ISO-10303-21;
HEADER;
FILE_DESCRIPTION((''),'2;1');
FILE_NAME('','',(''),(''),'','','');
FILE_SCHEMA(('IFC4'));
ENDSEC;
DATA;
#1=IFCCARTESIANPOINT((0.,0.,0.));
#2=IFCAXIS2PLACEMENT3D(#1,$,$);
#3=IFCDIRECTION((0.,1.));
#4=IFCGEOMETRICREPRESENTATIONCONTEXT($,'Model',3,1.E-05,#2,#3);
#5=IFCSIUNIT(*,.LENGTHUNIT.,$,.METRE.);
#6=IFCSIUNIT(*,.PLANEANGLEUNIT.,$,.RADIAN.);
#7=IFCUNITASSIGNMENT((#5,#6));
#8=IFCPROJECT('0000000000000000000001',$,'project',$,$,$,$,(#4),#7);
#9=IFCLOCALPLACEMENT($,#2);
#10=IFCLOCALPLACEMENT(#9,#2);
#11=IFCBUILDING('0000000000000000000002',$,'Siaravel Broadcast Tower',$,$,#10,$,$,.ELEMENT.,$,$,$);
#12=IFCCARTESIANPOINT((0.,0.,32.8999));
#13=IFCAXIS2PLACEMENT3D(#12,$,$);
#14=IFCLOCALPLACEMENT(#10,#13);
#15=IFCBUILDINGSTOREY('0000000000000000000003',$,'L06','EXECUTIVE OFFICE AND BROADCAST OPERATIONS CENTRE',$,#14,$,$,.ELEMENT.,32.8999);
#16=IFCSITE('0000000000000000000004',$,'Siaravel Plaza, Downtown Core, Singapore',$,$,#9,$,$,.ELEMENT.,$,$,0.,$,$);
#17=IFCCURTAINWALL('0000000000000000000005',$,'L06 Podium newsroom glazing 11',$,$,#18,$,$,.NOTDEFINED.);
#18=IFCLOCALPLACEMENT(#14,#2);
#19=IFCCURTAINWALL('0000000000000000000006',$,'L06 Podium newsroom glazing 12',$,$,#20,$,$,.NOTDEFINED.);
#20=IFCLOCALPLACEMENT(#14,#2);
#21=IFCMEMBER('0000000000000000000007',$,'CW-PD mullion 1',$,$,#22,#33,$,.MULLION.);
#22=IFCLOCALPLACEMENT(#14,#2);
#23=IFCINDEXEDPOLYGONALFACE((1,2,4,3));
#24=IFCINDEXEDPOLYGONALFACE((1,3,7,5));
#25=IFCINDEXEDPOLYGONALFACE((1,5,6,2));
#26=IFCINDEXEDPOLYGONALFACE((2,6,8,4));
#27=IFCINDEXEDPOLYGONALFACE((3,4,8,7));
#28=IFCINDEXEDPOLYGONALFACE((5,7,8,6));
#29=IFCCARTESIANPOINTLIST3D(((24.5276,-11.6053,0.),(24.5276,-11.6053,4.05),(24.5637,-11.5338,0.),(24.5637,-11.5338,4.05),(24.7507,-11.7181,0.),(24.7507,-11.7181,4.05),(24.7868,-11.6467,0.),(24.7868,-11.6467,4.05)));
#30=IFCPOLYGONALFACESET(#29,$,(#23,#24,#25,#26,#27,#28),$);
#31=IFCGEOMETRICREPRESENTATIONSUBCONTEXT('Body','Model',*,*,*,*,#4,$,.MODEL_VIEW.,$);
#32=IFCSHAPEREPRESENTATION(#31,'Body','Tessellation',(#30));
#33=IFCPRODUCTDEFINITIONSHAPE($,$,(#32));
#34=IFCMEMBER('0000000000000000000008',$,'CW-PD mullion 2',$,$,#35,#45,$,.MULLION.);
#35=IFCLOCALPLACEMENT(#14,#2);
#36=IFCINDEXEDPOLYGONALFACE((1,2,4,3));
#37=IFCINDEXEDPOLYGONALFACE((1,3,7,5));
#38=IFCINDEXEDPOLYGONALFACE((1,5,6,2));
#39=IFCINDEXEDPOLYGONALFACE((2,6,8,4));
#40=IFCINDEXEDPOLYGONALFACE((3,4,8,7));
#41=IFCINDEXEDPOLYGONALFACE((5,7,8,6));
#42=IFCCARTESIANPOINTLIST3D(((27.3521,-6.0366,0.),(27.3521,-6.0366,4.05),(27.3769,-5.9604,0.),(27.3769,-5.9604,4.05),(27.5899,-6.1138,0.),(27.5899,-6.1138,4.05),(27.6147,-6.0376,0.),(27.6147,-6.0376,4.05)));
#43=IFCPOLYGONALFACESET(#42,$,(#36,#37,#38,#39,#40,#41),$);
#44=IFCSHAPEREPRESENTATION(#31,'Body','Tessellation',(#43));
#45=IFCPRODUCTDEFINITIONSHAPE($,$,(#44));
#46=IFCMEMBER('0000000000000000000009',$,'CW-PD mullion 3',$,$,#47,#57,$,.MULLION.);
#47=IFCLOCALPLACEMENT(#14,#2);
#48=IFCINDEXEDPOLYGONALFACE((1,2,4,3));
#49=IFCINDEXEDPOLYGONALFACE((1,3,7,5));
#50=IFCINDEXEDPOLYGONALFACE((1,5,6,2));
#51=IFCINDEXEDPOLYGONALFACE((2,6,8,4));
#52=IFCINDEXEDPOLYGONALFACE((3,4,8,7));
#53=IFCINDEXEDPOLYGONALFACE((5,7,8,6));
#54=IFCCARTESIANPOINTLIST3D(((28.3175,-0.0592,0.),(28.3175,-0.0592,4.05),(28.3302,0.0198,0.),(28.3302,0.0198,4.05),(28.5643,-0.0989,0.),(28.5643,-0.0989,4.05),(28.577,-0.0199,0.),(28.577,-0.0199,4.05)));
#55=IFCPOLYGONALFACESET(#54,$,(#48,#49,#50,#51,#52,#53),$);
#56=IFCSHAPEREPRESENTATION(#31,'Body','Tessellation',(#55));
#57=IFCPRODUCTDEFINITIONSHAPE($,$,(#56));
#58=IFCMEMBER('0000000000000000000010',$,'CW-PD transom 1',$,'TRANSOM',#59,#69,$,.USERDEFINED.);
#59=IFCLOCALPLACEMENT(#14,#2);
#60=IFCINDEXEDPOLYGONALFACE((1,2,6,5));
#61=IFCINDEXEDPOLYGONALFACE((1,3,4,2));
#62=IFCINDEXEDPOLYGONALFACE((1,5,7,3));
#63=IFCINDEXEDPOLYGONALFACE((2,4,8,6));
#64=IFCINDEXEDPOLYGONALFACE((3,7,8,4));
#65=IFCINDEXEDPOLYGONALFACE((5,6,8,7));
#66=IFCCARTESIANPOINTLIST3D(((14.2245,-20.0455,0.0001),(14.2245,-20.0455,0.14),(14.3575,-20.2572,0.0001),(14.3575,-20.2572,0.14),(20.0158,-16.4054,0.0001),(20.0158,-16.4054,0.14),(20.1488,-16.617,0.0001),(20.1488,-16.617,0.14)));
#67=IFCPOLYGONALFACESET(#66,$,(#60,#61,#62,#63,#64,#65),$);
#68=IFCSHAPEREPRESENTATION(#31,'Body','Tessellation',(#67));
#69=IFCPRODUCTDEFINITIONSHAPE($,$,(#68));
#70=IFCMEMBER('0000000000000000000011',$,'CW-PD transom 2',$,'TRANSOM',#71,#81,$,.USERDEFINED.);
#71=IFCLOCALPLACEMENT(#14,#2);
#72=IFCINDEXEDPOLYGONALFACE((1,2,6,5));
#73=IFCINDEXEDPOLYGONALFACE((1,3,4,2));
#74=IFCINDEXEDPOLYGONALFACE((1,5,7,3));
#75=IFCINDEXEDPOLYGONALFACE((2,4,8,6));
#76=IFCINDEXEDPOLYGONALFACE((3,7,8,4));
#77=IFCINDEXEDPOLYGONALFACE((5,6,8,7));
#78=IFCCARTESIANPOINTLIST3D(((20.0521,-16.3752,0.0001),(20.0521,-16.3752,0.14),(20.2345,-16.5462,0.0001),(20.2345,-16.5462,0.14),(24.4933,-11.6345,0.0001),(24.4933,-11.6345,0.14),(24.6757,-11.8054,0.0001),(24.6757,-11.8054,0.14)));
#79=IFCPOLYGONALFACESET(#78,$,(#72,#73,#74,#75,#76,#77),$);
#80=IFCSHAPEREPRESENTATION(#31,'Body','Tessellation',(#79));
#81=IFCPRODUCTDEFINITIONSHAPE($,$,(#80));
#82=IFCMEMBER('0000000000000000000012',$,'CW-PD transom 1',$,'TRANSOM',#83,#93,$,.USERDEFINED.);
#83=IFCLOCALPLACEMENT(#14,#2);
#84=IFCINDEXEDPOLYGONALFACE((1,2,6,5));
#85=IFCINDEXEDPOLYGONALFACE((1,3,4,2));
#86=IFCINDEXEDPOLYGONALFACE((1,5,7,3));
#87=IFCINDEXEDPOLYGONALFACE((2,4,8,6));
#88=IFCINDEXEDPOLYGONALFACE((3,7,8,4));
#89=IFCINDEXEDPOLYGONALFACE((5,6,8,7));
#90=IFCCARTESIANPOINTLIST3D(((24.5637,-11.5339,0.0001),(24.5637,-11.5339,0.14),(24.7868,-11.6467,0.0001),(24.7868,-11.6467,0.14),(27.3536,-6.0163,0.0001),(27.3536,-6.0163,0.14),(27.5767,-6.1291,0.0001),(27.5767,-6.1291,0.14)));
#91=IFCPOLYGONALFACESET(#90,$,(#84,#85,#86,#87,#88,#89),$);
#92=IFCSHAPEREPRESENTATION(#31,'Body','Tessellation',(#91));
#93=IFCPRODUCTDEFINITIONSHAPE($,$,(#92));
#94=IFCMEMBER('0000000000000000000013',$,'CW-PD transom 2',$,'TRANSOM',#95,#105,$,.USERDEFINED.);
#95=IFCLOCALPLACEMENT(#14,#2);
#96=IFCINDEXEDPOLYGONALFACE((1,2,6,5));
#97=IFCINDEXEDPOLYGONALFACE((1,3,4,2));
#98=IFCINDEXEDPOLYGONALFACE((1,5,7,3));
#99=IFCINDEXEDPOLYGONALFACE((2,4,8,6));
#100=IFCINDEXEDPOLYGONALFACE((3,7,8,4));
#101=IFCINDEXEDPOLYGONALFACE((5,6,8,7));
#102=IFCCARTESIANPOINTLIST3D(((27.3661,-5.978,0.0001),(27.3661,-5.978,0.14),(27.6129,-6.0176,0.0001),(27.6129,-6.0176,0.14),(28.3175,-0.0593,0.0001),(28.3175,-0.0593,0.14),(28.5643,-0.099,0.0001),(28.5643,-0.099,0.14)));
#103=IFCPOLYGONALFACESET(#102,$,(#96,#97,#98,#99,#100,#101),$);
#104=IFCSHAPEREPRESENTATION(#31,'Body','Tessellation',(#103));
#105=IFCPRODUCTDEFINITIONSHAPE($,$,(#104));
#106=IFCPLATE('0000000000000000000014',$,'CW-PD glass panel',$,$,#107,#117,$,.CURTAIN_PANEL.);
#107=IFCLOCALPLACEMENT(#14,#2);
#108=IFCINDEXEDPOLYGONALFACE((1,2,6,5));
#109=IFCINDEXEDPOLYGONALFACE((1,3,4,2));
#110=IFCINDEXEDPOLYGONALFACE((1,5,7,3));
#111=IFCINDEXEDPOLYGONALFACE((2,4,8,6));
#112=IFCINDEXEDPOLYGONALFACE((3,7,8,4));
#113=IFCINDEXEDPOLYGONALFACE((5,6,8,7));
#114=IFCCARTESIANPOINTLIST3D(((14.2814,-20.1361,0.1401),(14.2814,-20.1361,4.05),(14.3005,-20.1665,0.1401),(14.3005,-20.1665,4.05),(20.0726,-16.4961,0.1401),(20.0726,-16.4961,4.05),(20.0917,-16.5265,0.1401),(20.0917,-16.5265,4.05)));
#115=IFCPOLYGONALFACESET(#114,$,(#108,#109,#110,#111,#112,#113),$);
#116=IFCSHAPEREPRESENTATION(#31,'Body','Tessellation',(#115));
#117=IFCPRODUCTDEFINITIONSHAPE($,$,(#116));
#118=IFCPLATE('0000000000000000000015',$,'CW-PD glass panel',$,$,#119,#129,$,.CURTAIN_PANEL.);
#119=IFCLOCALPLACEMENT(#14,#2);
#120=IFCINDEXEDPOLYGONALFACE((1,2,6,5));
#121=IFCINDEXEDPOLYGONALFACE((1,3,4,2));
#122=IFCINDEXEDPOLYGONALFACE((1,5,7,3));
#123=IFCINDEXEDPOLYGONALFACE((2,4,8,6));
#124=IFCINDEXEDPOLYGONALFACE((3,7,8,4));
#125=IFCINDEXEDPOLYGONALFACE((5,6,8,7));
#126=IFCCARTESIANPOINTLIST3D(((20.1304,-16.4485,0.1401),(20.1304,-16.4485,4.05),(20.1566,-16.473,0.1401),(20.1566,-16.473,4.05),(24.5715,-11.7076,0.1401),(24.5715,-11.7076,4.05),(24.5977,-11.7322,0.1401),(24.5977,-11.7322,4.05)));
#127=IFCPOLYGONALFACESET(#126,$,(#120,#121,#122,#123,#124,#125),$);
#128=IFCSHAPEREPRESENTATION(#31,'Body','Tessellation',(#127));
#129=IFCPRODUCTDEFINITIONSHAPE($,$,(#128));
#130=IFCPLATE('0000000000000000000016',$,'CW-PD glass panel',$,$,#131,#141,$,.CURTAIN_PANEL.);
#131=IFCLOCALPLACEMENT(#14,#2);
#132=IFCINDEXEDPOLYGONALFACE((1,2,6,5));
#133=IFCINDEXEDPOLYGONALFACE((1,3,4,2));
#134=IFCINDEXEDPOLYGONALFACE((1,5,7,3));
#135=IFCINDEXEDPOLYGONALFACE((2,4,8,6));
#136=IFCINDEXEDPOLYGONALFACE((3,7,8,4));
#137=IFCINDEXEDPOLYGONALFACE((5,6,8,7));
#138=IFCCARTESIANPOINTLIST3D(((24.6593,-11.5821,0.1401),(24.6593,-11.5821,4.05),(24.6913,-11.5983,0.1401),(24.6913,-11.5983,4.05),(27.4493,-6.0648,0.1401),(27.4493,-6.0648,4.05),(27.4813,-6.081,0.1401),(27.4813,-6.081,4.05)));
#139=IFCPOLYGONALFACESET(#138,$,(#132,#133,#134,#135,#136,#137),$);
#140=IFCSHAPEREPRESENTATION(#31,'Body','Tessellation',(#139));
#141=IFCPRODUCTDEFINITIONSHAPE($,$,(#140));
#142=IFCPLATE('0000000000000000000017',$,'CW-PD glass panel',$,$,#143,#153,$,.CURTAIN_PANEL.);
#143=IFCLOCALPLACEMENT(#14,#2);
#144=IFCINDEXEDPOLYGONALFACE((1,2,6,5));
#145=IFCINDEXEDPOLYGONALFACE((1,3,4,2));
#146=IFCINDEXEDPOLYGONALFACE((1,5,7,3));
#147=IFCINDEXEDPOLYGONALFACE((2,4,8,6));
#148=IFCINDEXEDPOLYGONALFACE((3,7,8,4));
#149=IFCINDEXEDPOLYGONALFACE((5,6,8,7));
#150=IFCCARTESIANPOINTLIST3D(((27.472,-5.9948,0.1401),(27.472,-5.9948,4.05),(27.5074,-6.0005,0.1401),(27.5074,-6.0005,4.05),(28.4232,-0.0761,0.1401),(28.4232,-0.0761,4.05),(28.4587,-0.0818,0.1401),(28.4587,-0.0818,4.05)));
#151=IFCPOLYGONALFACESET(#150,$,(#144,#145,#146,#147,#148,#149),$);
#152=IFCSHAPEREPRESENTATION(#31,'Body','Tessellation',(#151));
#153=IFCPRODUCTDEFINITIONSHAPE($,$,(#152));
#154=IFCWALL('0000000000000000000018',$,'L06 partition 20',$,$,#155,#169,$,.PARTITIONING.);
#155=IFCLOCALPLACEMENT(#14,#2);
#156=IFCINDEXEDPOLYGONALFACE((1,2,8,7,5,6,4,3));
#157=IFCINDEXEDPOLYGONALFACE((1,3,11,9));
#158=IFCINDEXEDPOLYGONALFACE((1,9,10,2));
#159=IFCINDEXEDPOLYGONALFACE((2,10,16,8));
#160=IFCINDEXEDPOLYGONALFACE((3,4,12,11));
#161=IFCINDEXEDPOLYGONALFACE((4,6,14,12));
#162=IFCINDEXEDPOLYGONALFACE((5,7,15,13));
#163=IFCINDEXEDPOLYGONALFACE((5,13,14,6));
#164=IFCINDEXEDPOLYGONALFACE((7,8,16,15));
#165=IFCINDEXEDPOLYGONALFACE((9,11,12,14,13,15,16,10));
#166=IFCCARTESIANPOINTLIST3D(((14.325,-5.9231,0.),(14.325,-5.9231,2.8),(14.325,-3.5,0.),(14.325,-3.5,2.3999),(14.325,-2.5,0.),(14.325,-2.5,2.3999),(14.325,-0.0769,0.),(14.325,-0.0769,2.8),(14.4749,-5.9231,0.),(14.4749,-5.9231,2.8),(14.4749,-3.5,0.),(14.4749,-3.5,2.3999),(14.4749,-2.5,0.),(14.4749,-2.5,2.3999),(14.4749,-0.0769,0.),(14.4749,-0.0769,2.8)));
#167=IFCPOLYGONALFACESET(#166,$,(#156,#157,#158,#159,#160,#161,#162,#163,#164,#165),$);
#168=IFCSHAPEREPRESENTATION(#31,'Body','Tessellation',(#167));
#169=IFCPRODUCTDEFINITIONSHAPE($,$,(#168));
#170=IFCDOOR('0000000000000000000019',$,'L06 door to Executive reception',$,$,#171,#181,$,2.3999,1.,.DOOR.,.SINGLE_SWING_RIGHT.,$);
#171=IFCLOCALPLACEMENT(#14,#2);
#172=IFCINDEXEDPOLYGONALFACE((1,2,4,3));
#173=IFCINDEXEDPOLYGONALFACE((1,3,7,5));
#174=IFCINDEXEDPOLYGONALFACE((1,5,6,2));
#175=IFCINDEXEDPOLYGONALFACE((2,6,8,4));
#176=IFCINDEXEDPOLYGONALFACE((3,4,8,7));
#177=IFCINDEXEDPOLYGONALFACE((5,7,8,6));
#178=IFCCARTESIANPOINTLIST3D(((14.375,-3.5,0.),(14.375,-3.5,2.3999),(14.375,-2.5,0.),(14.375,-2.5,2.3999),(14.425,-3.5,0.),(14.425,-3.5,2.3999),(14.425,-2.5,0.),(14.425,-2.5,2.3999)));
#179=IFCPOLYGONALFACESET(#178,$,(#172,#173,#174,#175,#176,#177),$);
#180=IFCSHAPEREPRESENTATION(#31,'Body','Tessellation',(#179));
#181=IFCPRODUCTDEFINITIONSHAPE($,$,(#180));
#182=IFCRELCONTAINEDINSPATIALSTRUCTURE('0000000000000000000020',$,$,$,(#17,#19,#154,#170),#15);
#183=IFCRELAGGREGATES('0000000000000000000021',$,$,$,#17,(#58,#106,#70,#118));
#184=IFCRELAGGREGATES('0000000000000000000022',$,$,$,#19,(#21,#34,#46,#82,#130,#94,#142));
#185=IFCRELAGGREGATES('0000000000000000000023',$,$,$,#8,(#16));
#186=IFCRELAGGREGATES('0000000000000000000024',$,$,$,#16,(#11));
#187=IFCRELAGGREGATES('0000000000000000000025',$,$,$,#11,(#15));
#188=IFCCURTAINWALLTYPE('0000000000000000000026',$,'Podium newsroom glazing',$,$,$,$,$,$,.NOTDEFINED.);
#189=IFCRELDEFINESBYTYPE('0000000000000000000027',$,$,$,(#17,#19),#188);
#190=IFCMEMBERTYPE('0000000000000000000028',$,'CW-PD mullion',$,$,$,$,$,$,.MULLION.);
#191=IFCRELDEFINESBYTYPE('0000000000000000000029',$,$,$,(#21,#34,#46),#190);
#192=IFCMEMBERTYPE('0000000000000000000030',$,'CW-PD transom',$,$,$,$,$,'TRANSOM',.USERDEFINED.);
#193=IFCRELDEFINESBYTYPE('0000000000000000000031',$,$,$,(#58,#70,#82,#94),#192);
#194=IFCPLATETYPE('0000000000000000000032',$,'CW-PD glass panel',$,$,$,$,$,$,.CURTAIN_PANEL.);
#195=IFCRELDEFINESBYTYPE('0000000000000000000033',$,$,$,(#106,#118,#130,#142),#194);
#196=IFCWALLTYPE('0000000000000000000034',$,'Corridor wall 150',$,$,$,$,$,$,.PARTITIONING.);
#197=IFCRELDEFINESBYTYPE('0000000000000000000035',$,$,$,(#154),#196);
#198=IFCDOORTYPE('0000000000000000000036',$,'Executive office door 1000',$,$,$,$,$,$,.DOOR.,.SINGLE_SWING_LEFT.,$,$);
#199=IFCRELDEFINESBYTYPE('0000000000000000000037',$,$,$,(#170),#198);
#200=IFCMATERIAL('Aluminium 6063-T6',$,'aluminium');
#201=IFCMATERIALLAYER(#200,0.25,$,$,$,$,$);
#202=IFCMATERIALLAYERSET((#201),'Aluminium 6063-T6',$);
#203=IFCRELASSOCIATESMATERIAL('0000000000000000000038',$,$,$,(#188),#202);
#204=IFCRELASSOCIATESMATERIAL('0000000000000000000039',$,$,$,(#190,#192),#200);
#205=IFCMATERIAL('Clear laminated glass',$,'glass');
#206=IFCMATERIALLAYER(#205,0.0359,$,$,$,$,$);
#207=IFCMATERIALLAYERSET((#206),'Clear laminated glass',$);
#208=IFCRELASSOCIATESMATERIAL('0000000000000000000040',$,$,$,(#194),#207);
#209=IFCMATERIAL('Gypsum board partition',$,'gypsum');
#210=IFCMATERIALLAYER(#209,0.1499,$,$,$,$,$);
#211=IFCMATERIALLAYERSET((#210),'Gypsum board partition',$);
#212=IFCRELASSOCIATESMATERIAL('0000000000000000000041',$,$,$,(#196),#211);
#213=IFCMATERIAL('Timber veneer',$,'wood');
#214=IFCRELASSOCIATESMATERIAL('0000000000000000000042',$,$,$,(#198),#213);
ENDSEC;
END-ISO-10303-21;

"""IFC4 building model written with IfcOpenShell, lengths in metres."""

from ifc_helpers import new_model, si_unit, direction, frame, frame_2d, origin, origin_2d, place, context, subcontext, project, spatial, rectangle, extrude, material, layer, layer_set, material_profile, profile_set, type_object, element, fill, aggregate, save


model = new_model("IFC4")

# Units and contexts
model_context = context("Model", 3, precision=1e-05, world=origin(), true_north=direction((0.0, 1.0)))
body_context = subcontext(model_context, "Body", "Model", "MODEL_VIEW")
ifc_project = project(units=[si_unit("LENGTHUNIT", "METRE"), si_unit("PLANEANGLEUNIT", "RADIAN")], contexts=[model_context])

# Site, building, storey
site_placement = place(None, origin())
site = spatial("IfcSite", under=ifc_project, at=site_placement, Name="Siaravel Plaza, Downtown Core, Singapore", CompositionType="ELEMENT", RefElevation=0.0)
building_placement = place(site_placement, origin())
building = spatial("IfcBuilding", under=site, at=building_placement, Name="Siaravel Broadcast Tower", CompositionType="ELEMENT")
storey_placement = place(building_placement, frame((0.0, 0.0, 32.8999)))
storey = spatial("IfcBuildingStorey", under=building, at=storey_placement, Name="L06", Description="EXECUTIVE OFFICE AND BROADCAST OPERATIONS CENTRE", CompositionType="ELEMENT", Elevation=32.8999)

# Shared definitions
ifc_material_1 = material(Name="Aluminium 6063-T6", Category="aluminium")
ifc_layer_1 = layer(ifc_material_1, 0.25)
ifc_layer_set_1 = layer_set([ifc_layer_1], Name="Aluminium 6063-T6")
curtain_wall_type = type_object("IfcCurtainWallType", Name="Podium newsroom glazing", PredefinedType="NOTDEFINED", material=ifc_layer_set_1)
ifc_material_profile_1 = material_profile(ifc_material_1, rectangle(XDim=0.25, YDim=0.0801, at=origin_2d()))
ifc_profile_set_1 = profile_set([ifc_material_profile_1], Name="Aluminium 6063-T6")
member_type_1 = type_object("IfcMemberType", Name="CW-PD mullion", PredefinedType="MULLION", material=ifc_profile_set_1)

# Curtain walls, members
curtain_wall_1_placement = place(storey_placement, origin())
curtain_wall_1 = element("IfcCurtainWall", 1, at=curtain_wall_1_placement, inside=storey, type_object=curtain_wall_type, Name="L06 Podium newsroom glazing 11", PredefinedType="NOTDEFINED")
curtain_wall_2_placement = place(storey_placement, origin())
curtain_wall_2 = element("IfcCurtainWall", 2, at=curtain_wall_2_placement, inside=storey, type_object=curtain_wall_type, Name="L06 Podium newsroom glazing 12", PredefinedType="NOTDEFINED")
member_1_placement = place(storey_placement, frame((24.6572, -11.626, 0.0), z_axis=(0.0, 0.0, 1.0), x_axis=(-0.892391, 0.451262, 0.0)))
member_1 = element("IfcMember", 3, at=member_1_placement, type_object=member_type_1, Name="CW-PD mullion 1", PredefinedType="MULLION", context=body_context, shape_type="SweptSolid", body=[
    extrude(rectangle(XDim=0.25, YDim=0.0801, at=origin_2d()), origin(), (0.0, 0.0, 1.0), 4.05),
])
member_2_placement = place(storey_placement, frame((27.4834, -6.0371, 0.0), z_axis=(0.0, 0.0, 1.0), x_axis=(-0.951177, 0.308646, 0.0)))
member_2 = element("IfcMember", 4, at=member_2_placement, type_object=member_type_1, Name="CW-PD mullion 2", PredefinedType="MULLION", context=body_context, shape_type="SweptSolid", body=[
    extrude(rectangle(XDim=0.25, YDim=0.0801, at=origin_2d()), origin(), (0.0, 0.0, 1.0), 4.05),
])
member_3_placement = place(storey_placement, frame((28.4473, -0.0396, 0.0), z_axis=(0.0, 0.0, 1.0), x_axis=(-0.987329, 0.158686, 0.0)))
member_3 = element("IfcMember", 5, at=member_3_placement, type_object=member_type_1, Name="CW-PD mullion 3", PredefinedType="MULLION", context=body_context, shape_type="SweptSolid", body=[
    extrude(rectangle(XDim=0.25, YDim=0.0801, at=origin_2d()), origin(), (0.0, 0.0, 1.0), 4.05),
])

# Members
ifc_material_profile_2 = material_profile(ifc_material_1, rectangle(XDim=0.25, YDim=0.1399, at=origin_2d()))
ifc_profile_set_2 = profile_set([ifc_material_profile_2], Name="Aluminium 6063-T6")
member_type_2 = type_object("IfcMemberType", Name="CW-PD transom", ElementType="TRANSOM", PredefinedType="USERDEFINED", material=ifc_profile_set_2)
member_4_placement = place(storey_placement, frame((14.291, -20.1514, 0.0701), z_axis=(0.846642, 0.532163, 0.0), x_axis=(-0.532163, 0.846642, 0.0)))
member_4 = element("IfcMember", 6, at=member_4_placement, type_object=member_type_2, Name="CW-PD transom 1", ObjectType="TRANSOM", PredefinedType="USERDEFINED", context=body_context, shape_type="SweptSolid", body=[
    extrude(rectangle(XDim=0.25, YDim=0.1399, at=origin_2d()), origin(), (0.0, 0.0, 1.0), 6.8403),
])
member_5_placement = place(storey_placement, frame((20.1433, -16.4607, 0.0701), z_axis=(0.683674, 0.729788, 0.0), x_axis=(-0.729788, 0.683674, 0.0)))
member_5 = element("IfcMember", 7, at=member_5_placement, type_object=member_type_2, Name="CW-PD transom 2", ObjectType="TRANSOM", PredefinedType="USERDEFINED", context=body_context, shape_type="SweptSolid", body=[
    extrude(rectangle(XDim=0.25, YDim=0.1399, at=origin_2d()), origin(), (0.0, 0.0, 1.0), 6.4961),
])
member_6_placement = place(storey_placement, frame((24.6753, -11.5903, 0.0701), z_axis=(0.451221, 0.892412, 0.0), x_axis=(-0.892412, 0.451221, 0.0)))
member_6 = element("IfcMember", 8, at=member_6_placement, type_object=member_type_2, Name="CW-PD transom 1", ObjectType="TRANSOM", PredefinedType="USERDEFINED", context=body_context, shape_type="SweptSolid", body=[
    extrude(rectangle(XDim=0.25, YDim=0.1399, at=origin_2d()), origin(), (0.0, 0.0, 1.0), 6.1829),
])
member_7_placement = place(storey_placement, frame((27.4895, -5.9978, 0.0701), z_axis=(0.15871, 0.987325, 0.0), x_axis=(-0.987325, 0.15871, 0.0)))
member_7 = element("IfcMember", 9, at=member_7_placement, type_object=member_type_2, Name="CW-PD transom 2", ObjectType="TRANSOM", PredefinedType="USERDEFINED", context=body_context, shape_type="SweptSolid", body=[
    extrude(rectangle(XDim=0.25, YDim=0.1399, at=origin_2d()), origin(), (0.0, 0.0, 1.0), 5.9946),
])

# Plates
ifc_material_2 = material(Name="Clear laminated glass", Category="glass")
ifc_layer_2 = layer(ifc_material_2, 0.0359)
ifc_layer_set_2 = layer_set([ifc_layer_2], Name="Clear laminated glass")
plate_type = type_object("IfcPlateType", Name="CW-PD glass panel", PredefinedType="CURTAIN_PANEL", material=ifc_layer_set_2)
plate_1_placement = place(storey_placement, frame((17.1865, -18.3313, 0.1401), z_axis=(0.0, 0.0, 1.0), x_axis=(0.846651, 0.532148, 0.0)))
plate_1 = element("IfcPlate", 10, at=plate_1_placement, type_object=plate_type, Name="CW-PD glass panel", PredefinedType="CURTAIN_PANEL", context=body_context, shape_type="SweptSolid", body=[
    extrude(rectangle(XDim=6.8401, YDim=0.0359, at=origin_2d()), origin(), (0.0, 0.0, 1.0), 3.9099),
])
plate_2_placement = place(storey_placement, frame((22.364, -14.0903, 0.1401), z_axis=(0.0, 0.0, 1.0), x_axis=(0.683656, 0.729804, 0.0)))
plate_2 = element("IfcPlate", 11, at=plate_2_placement, type_object=plate_type, Name="CW-PD glass panel", PredefinedType="CURTAIN_PANEL", context=body_context, shape_type="SweptSolid", body=[
    extrude(rectangle(XDim=6.4961, YDim=0.0359, at=origin_2d()), origin(), (0.0, 0.0, 1.0), 3.9099),
])
aggregate(curtain_wall_1, [member_4, plate_1, member_5, plate_2])
plate_3_placement = place(storey_placement, frame((26.0703, -8.8315, 0.1401), z_axis=(0.0, 0.0, 1.0), x_axis=(0.451262, 0.892391, 0.0)))
plate_3 = element("IfcPlate", 12, at=plate_3_placement, type_object=plate_type, Name="CW-PD glass panel", PredefinedType="CURTAIN_PANEL", context=body_context, shape_type="SweptSolid", body=[
    extrude(rectangle(XDim=6.1826, YDim=0.0359, at=origin_2d()), origin(), (0.0, 0.0, 1.0), 3.9099),
])
plate_4_placement = place(storey_placement, frame((27.9653, -3.0383, 0.1401), z_axis=(0.0, 0.0, 1.0), x_axis=(0.158686, 0.987329, 0.0)))
plate_4 = element("IfcPlate", 13, at=plate_4_placement, type_object=plate_type, Name="CW-PD glass panel", PredefinedType="CURTAIN_PANEL", context=body_context, shape_type="SweptSolid", body=[
    extrude(rectangle(XDim=5.9946, YDim=0.0359, at=origin_2d()), origin(), (0.0, 0.0, 1.0), 3.9099),
])
aggregate(curtain_wall_2, [member_1, member_2, member_3, member_6, plate_3, member_7, plate_4])

# Wall, opening, door
ifc_material_3 = material(Name="Gypsum board partition", Category="gypsum")
ifc_layer_3 = layer(ifc_material_3, 0.1499)
ifc_layer_set_3 = layer_set([ifc_layer_3], Name="Gypsum board partition")
wall_type_1 = type_object("IfcWallType", Name="Corridor wall 150", PredefinedType="PARTITIONING", material=ifc_layer_set_3)
wall_1_placement = place(storey_placement, frame((14.3999, -5.9231, 0.0), z_axis=(0.0, 0.0, 1.0), x_axis=(0.0, 1.0, 0.0)))
wall_1 = element("IfcWall", 14, at=wall_1_placement, inside=storey, type_object=wall_type_1, Name="L06 partition 20", PredefinedType="PARTITIONING", context=body_context, shape_type="SweptSolid", body=[
    extrude(rectangle(XDim=5.8462, YDim=0.1499, at=frame_2d((2.9231, 0.0))), origin(), (0.0, 0.0, 1.0), 2.8),
])
opening_1_placement = place(wall_1_placement, frame((2.4231, 0.0, 0.0)))
opening_1 = element("IfcOpeningElement", 15, at=opening_1_placement, cuts=wall_1, PredefinedType="OPENING", context=body_context, shape_type="SweptSolid", body=[
    extrude(rectangle(XDim=1.0, YDim=2.3999, at=frame_2d((0.5, 1.2))), frame((0.0, 0.085, 0.0), z_axis=(0.0, -1.0, 0.0), x_axis=(1.0, 0.0, 0.0)), (0.0, 0.0, 1.0), 0.1699),
])
ifc_material_4 = material(Name="Timber veneer", Category="wood")
door_type = type_object("IfcDoorType", Name="Executive office door 1000", OperationType="SINGLE_SWING_LEFT", PredefinedType="DOOR", material=ifc_material_4)
door_1_placement = place(opening_1_placement, origin())
door_1 = element("IfcDoor", 16, at=door_1_placement, inside=storey, type_object=door_type, Name="L06 door to Executive reception", OperationType="SINGLE_SWING_RIGHT", OverallHeight=2.3999, OverallWidth=1.0, PredefinedType="DOOR", context=body_context, shape_type="SweptSolid", body=[
    extrude(rectangle(XDim=1.0, YDim=2.3999, at=frame_2d((0.5, 1.2))), frame((0.0, 0.0249, 0.0), z_axis=(0.0, -1.0, 0.0), x_axis=(1.0, 0.0, 0.0)), (0.0, 0.0, 1.0), 0.05),
])
fill(opening_1, door_1)

save(model, "model.ifc")
